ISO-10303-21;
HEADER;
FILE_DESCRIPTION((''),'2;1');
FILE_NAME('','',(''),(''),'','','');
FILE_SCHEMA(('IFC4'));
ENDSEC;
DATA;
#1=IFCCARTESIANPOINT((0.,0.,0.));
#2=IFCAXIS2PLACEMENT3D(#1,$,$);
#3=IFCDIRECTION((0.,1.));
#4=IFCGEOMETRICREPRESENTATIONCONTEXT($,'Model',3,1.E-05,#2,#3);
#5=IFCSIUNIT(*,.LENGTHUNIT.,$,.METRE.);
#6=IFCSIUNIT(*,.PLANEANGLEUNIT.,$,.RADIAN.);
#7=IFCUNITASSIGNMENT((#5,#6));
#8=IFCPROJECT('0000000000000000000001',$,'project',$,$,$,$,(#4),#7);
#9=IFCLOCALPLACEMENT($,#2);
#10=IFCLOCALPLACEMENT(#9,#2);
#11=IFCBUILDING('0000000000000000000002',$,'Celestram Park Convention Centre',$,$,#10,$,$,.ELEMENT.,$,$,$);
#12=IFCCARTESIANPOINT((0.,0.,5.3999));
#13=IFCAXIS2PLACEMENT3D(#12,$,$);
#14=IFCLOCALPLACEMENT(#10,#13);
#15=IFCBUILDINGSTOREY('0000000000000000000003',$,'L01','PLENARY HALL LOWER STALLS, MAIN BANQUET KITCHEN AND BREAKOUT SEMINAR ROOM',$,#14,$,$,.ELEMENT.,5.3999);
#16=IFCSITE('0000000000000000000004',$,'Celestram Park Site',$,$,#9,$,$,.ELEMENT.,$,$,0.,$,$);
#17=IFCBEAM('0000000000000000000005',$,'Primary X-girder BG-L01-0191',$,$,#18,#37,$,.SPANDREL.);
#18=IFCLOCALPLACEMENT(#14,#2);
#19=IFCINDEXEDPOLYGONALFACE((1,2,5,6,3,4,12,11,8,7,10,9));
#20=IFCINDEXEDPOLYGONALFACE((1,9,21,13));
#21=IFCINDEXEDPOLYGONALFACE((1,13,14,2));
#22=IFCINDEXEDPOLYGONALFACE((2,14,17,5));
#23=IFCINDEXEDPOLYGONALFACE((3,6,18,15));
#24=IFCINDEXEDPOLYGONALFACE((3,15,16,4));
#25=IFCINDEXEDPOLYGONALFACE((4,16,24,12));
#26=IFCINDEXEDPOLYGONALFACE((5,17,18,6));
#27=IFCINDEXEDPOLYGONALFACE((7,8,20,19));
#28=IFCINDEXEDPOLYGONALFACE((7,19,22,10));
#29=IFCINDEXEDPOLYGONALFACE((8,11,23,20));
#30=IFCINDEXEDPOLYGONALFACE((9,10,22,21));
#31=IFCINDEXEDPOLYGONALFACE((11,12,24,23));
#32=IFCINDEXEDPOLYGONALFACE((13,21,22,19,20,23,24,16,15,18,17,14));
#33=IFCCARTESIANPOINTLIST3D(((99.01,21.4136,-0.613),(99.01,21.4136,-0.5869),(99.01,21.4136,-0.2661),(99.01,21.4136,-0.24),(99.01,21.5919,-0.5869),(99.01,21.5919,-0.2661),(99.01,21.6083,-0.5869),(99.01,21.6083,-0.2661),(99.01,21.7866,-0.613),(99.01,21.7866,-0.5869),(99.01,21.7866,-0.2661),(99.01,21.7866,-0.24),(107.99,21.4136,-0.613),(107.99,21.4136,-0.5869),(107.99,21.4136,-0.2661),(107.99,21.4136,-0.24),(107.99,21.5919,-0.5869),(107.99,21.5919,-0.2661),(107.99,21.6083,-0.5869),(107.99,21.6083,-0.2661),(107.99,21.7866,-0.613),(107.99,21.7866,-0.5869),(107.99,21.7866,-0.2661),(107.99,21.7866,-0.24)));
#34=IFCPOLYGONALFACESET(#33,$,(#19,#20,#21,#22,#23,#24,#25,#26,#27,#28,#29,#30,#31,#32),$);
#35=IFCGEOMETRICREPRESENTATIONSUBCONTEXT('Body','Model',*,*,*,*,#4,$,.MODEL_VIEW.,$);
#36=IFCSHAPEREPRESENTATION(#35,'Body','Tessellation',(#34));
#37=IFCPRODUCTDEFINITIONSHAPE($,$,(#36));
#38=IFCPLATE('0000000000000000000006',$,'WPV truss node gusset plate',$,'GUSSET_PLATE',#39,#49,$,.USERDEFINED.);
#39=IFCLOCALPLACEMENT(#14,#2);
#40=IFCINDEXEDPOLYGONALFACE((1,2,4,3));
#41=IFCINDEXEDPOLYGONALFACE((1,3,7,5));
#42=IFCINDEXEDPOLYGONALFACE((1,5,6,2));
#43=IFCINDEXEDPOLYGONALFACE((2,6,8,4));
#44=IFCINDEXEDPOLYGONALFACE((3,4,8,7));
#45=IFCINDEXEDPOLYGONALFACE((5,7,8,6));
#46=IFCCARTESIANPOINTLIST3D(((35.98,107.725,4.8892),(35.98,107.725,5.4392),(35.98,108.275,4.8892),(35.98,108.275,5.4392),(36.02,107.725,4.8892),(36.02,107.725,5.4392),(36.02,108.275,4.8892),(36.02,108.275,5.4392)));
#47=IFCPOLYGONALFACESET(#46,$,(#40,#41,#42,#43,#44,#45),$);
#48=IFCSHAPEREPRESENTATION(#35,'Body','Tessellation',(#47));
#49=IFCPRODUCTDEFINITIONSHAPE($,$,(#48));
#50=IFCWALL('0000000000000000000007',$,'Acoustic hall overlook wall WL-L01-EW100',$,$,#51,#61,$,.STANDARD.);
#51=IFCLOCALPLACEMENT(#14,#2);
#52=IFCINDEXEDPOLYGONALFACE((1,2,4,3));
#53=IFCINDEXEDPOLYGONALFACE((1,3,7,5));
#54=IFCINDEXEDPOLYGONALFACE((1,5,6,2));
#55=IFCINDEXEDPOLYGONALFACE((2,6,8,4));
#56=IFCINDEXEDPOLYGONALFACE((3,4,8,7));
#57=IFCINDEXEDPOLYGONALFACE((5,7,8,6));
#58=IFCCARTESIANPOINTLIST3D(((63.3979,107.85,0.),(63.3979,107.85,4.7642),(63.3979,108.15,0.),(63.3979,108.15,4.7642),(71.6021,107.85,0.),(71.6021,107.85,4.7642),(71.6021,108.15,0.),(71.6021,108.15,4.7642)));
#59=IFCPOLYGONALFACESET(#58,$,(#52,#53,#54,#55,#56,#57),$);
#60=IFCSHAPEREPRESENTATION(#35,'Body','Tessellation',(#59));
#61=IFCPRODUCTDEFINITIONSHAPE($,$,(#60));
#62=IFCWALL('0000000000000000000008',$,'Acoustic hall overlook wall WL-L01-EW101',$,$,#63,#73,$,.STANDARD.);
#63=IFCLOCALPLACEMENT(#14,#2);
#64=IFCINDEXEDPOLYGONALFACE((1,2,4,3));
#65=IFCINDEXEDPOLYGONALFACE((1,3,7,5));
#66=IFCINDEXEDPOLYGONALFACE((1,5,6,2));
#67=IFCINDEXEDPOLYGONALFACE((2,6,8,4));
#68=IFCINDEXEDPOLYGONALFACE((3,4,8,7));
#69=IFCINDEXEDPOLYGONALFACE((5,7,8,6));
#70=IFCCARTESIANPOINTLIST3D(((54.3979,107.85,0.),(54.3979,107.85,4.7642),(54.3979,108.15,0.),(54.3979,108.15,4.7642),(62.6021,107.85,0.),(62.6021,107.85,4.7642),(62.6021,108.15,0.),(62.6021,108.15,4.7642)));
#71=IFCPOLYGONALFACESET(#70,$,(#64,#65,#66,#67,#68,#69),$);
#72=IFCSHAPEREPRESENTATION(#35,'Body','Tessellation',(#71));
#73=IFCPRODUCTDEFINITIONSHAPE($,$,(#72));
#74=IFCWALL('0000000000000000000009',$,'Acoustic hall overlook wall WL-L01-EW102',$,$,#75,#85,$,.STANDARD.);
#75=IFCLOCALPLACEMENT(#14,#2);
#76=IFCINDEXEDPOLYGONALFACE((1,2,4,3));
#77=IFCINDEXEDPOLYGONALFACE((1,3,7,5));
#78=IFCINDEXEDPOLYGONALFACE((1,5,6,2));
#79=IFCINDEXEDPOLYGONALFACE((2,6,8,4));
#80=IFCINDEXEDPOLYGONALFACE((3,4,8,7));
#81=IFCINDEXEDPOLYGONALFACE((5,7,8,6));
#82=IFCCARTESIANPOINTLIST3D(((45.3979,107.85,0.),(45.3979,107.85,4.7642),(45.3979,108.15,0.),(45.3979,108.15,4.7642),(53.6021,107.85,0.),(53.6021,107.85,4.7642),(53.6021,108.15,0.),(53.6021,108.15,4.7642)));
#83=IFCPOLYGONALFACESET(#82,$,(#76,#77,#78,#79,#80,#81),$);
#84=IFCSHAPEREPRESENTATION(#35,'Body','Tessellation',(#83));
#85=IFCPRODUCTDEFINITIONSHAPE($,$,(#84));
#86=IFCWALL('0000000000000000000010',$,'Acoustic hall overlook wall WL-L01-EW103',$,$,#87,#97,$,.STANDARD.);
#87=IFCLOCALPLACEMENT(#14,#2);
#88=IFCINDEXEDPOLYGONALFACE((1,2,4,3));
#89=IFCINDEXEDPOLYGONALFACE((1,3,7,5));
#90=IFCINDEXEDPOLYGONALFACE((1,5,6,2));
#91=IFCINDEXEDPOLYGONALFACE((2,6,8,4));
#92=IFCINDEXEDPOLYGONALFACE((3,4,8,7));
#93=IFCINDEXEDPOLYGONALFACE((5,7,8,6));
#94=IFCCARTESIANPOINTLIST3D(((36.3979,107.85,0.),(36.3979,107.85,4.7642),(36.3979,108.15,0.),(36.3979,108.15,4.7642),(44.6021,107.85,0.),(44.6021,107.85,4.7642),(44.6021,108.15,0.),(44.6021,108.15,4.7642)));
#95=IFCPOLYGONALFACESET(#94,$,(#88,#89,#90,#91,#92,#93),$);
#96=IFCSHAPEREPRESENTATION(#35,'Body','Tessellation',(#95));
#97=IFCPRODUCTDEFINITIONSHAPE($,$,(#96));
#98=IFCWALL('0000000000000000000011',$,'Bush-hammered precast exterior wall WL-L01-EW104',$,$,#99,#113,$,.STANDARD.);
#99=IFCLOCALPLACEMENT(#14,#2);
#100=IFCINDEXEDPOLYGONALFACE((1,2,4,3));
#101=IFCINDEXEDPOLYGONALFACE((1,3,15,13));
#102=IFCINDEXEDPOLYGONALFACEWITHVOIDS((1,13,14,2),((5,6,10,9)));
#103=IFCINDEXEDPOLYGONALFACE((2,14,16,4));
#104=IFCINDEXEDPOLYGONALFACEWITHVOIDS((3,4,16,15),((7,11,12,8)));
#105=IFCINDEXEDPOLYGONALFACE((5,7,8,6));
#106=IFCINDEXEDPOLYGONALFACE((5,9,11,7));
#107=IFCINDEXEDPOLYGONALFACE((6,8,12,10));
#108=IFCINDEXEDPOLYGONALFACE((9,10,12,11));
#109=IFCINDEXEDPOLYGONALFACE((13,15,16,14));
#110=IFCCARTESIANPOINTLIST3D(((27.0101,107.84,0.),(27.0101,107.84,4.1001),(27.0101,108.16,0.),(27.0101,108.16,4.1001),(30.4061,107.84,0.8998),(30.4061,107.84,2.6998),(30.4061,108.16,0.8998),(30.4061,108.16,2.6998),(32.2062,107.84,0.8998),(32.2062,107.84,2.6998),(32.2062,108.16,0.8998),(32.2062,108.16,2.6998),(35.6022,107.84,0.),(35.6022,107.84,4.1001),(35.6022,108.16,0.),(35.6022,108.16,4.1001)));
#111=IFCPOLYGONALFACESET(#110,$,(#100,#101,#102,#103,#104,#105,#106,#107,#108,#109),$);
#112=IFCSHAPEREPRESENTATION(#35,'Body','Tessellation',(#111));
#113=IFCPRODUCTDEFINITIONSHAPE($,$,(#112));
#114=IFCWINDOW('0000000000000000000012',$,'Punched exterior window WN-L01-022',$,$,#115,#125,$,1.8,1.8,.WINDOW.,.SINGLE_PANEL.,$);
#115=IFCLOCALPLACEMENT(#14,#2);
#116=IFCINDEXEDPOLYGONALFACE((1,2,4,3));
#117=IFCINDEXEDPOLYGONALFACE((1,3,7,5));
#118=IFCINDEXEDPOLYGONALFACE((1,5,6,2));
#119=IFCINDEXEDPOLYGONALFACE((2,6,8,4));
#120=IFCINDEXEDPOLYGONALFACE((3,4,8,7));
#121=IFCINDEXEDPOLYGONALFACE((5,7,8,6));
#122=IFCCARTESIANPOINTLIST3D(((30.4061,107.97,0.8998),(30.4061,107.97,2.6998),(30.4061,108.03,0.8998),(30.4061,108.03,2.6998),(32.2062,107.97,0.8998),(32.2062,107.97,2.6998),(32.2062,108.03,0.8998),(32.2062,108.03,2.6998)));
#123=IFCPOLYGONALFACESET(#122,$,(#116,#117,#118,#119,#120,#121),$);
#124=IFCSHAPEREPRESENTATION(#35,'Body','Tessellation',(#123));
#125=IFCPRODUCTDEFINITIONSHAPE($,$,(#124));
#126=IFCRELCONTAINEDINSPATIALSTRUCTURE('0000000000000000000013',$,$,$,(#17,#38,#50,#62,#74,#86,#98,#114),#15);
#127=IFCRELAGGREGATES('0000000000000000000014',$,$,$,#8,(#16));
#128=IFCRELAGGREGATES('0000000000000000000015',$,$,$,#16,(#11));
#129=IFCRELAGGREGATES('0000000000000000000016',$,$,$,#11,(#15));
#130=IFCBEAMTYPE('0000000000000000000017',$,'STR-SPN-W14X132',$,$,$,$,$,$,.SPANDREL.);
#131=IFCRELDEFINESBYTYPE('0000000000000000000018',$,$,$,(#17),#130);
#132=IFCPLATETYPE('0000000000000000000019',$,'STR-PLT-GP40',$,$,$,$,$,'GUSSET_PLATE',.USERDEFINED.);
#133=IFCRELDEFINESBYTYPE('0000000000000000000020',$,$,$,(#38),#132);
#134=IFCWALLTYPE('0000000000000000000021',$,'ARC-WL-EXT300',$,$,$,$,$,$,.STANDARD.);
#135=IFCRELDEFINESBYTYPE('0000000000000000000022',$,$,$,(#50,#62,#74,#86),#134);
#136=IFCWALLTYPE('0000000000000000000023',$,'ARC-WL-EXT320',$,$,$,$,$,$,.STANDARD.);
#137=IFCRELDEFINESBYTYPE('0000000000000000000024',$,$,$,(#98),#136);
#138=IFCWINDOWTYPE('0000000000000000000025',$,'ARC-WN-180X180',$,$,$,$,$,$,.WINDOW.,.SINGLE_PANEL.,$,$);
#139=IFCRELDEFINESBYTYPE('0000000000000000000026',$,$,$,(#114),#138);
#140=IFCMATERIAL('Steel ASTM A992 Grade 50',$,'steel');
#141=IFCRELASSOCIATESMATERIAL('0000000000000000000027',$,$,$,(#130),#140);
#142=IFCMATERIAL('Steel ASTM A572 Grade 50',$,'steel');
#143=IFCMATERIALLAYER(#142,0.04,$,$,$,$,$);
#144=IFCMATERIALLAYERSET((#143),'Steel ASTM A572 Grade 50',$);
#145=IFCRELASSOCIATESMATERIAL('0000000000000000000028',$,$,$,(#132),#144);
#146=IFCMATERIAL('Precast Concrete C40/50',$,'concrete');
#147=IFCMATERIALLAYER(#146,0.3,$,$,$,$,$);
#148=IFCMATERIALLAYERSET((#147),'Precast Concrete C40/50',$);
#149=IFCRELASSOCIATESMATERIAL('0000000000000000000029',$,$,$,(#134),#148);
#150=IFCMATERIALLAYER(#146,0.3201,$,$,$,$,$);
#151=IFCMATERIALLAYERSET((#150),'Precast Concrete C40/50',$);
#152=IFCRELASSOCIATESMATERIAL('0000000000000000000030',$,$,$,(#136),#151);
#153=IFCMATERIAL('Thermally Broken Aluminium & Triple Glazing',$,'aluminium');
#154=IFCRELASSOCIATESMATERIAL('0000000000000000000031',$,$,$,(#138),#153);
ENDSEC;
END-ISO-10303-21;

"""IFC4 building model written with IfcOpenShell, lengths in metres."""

from ifc_helpers import new_model, si_unit, direction, frame, frame_2d, origin, origin_2d, place, context, subcontext, project, spatial, rectangle, i_section, extrude, material, layer, layer_set, material_profile, profile_set, type_object, element, fill, save


model = new_model("IFC4")

# Units and contexts
model_context = context("Model", 3, precision=1e-05, world=origin(), true_north=direction((0.0, 1.0)))
body_context = subcontext(model_context, "Body", "Model", "MODEL_VIEW")
ifc_project = project(units=[si_unit("LENGTHUNIT", "METRE"), si_unit("PLANEANGLEUNIT", "RADIAN")], contexts=[model_context])

# Site, building, storey
site_placement = place(None, origin())
site = spatial("IfcSite", under=ifc_project, at=site_placement, Name="Celestram Park Site", CompositionType="ELEMENT", RefElevation=0.0)
building_placement = place(site_placement, origin())
building = spatial("IfcBuilding", under=site, at=building_placement, Name="Celestram Park Convention Centre", CompositionType="ELEMENT")
storey_placement = place(building_placement, frame((0.0, 0.0, 5.3999)))
storey = spatial("IfcBuildingStorey", under=building, at=storey_placement, Name="L01", Description="PLENARY HALL LOWER STALLS, MAIN BANQUET KITCHEN AND BREAKOUT SEMINAR ROOM", CompositionType="ELEMENT", Elevation=5.3999)

# Shared definitions
ifc_material_1 = material(Name="Steel ASTM A992 Grade 50", Category="steel")

# Beam
ifc_material_profile_1 = material_profile(ifc_material_1, i_section(OverallWidth=0.373, OverallDepth=0.373, WebThickness=0.0164, FlangeThickness=0.0261, at=origin_2d()), Name="W14X132")
ifc_profile_set_1 = profile_set([ifc_material_profile_1], Name="Steel ASTM A992 Grade 50")
beam_type = type_object("IfcBeamType", Name="STR-SPN-W14X132", PredefinedType="SPANDREL", material=ifc_profile_set_1)
beam_placement = place(storey_placement, frame((99.01, 21.6001, -0.4265), z_axis=(1.0, 0.0, 0.0), x_axis=(0.0, 1.0, 0.0)))
element("IfcBeam", 1, at=beam_placement, inside=storey, type_object=beam_type, Name="Primary X-girder BG-L01-0191", PredefinedType="SPANDREL", context=body_context, shape_type="SweptSolid", body=[
    extrude(i_section(OverallWidth=0.373, OverallDepth=0.373, WebThickness=0.0164, FlangeThickness=0.0261, at=origin_2d()), origin(), (0.0, 0.0, 1.0), 8.98),
])

# Plate
ifc_material_2 = material(Name="Steel ASTM A572 Grade 50", Category="steel")
ifc_layer_1 = layer(ifc_material_2, 0.04)
ifc_layer_set_1 = layer_set([ifc_layer_1], Name="Steel ASTM A572 Grade 50")
plate_type = type_object("IfcPlateType", Name="STR-PLT-GP40", ElementType="GUSSET_PLATE", PredefinedType="USERDEFINED", material=ifc_layer_set_1)
plate_placement = place(storey_placement, frame((36.0, 108.0, 4.8892), z_axis=(0.0, 0.0, 1.0), x_axis=(0.0, 1.0, 0.0)))
element("IfcPlate", 2, at=plate_placement, inside=storey, type_object=plate_type, Name="WPV truss node gusset plate", ObjectType="GUSSET_PLATE", PredefinedType="USERDEFINED", context=body_context, shape_type="SweptSolid", body=[
    extrude(rectangle(XDim=0.55, YDim=0.04, at=origin_2d()), origin(), (0.0, 0.0, 1.0), 0.55),
])

# Walls
ifc_material_3 = material(Name="Precast Concrete C40/50", Category="concrete")
ifc_layer_2 = layer(ifc_material_3, 0.3)
ifc_layer_set_2 = layer_set([ifc_layer_2], Name="Precast Concrete C40/50")
wall_type_1 = type_object("IfcWallType", Name="ARC-WL-EXT300", PredefinedType="STANDARD", material=ifc_layer_set_2)
for number, where, z_axis, x_axis, name in (
    (3, (71.6021, 108.0, 0.0), (0.0, 0.0, 1.0), (-1.0, 0.0, 0.0), "Acoustic hall overlook wall WL-L01-EW100"),
    (4, (62.6021, 108.0, 0.0), (0.0, 0.0, 1.0), (-1.0, 0.0, 0.0), "Acoustic hall overlook wall WL-L01-EW101"),
    (5, (53.6021, 108.0, 0.0), (0.0, 0.0, 1.0), (-1.0, 0.0, 0.0), "Acoustic hall overlook wall WL-L01-EW102"),
    (6, (44.6021, 108.0, 0.0), (0.0, 0.0, 1.0), (-1.0, 0.0, 0.0), "Acoustic hall overlook wall WL-L01-EW103"),
):
    element("IfcWall", number, at=place(storey_placement, frame(where, z_axis=z_axis, x_axis=x_axis)), inside=storey, type_object=wall_type_1, Name=name, PredefinedType="STANDARD", context=body_context, shape_type="SweptSolid", body=[
        extrude(rectangle(XDim=8.2041, YDim=0.3, at=frame_2d((4.1021, 0.0))), origin(), (0.0, 0.0, 1.0), 4.7642),
    ])

# Wall, opening, window
ifc_layer_3 = layer(ifc_material_3, 0.3201)
ifc_layer_set_3 = layer_set([ifc_layer_3], Name="Precast Concrete C40/50")
wall_type_2 = type_object("IfcWallType", Name="ARC-WL-EXT320", PredefinedType="STANDARD", material=ifc_layer_set_3)
wall_placement = place(storey_placement, frame((35.6021, 108.0, 0.0), z_axis=(0.0, 0.0, 1.0), x_axis=(-1.0, 0.0, 0.0)))
wall = element("IfcWall", 7, at=wall_placement, inside=storey, type_object=wall_type_2, Name="Bush-hammered precast exterior wall WL-L01-EW104", PredefinedType="STANDARD", context=body_context, shape_type="SweptSolid", body=[
    extrude(rectangle(XDim=8.592, YDim=0.3201, at=frame_2d((4.2959, 0.0))), origin(), (0.0, 0.0, 1.0), 4.1001),
])
opening_placement = place(wall_placement, frame((3.396, 0.0, 0.8999)))
opening = element("IfcOpeningElement", 8, at=opening_placement, cuts=wall, PredefinedType="OPENING", context=body_context, shape_type="SweptSolid", body=[
    extrude(rectangle(XDim=1.8, YDim=1.8, at=frame_2d((0.8999, 0.8999))), frame((0.0, 0.1699, 0.0), z_axis=(0.0, -1.0, 0.0), x_axis=(1.0, 0.0, 0.0)), (0.0, 0.0, 1.0), 0.3401),
])
ifc_material_4 = material(Name="Thermally Broken Aluminium & Triple Glazing", Category="aluminium")
window_type = type_object("IfcWindowType", Name="ARC-WN-180X180", PartitioningType="SINGLE_PANEL", PredefinedType="WINDOW", material=ifc_material_4)
window_placement = place(opening_placement, origin())
window = element("IfcWindow", 9, at=window_placement, inside=storey, type_object=window_type, Name="Punched exterior window WN-L01-022", OverallHeight=1.8, OverallWidth=1.8, PartitioningType="SINGLE_PANEL", PredefinedType="WINDOW", context=body_context, shape_type="SweptSolid", body=[
    extrude(rectangle(XDim=1.8, YDim=1.8, at=frame_2d((0.8999, 0.8999))), frame((0.0, 0.03, 0.0), z_axis=(0.0, -1.0, 0.0), x_axis=(1.0, 0.0, 0.0)), (0.0, 0.0, 1.0), 0.0601),
])
fill(opening, window)

save(model, "model.ifc")
